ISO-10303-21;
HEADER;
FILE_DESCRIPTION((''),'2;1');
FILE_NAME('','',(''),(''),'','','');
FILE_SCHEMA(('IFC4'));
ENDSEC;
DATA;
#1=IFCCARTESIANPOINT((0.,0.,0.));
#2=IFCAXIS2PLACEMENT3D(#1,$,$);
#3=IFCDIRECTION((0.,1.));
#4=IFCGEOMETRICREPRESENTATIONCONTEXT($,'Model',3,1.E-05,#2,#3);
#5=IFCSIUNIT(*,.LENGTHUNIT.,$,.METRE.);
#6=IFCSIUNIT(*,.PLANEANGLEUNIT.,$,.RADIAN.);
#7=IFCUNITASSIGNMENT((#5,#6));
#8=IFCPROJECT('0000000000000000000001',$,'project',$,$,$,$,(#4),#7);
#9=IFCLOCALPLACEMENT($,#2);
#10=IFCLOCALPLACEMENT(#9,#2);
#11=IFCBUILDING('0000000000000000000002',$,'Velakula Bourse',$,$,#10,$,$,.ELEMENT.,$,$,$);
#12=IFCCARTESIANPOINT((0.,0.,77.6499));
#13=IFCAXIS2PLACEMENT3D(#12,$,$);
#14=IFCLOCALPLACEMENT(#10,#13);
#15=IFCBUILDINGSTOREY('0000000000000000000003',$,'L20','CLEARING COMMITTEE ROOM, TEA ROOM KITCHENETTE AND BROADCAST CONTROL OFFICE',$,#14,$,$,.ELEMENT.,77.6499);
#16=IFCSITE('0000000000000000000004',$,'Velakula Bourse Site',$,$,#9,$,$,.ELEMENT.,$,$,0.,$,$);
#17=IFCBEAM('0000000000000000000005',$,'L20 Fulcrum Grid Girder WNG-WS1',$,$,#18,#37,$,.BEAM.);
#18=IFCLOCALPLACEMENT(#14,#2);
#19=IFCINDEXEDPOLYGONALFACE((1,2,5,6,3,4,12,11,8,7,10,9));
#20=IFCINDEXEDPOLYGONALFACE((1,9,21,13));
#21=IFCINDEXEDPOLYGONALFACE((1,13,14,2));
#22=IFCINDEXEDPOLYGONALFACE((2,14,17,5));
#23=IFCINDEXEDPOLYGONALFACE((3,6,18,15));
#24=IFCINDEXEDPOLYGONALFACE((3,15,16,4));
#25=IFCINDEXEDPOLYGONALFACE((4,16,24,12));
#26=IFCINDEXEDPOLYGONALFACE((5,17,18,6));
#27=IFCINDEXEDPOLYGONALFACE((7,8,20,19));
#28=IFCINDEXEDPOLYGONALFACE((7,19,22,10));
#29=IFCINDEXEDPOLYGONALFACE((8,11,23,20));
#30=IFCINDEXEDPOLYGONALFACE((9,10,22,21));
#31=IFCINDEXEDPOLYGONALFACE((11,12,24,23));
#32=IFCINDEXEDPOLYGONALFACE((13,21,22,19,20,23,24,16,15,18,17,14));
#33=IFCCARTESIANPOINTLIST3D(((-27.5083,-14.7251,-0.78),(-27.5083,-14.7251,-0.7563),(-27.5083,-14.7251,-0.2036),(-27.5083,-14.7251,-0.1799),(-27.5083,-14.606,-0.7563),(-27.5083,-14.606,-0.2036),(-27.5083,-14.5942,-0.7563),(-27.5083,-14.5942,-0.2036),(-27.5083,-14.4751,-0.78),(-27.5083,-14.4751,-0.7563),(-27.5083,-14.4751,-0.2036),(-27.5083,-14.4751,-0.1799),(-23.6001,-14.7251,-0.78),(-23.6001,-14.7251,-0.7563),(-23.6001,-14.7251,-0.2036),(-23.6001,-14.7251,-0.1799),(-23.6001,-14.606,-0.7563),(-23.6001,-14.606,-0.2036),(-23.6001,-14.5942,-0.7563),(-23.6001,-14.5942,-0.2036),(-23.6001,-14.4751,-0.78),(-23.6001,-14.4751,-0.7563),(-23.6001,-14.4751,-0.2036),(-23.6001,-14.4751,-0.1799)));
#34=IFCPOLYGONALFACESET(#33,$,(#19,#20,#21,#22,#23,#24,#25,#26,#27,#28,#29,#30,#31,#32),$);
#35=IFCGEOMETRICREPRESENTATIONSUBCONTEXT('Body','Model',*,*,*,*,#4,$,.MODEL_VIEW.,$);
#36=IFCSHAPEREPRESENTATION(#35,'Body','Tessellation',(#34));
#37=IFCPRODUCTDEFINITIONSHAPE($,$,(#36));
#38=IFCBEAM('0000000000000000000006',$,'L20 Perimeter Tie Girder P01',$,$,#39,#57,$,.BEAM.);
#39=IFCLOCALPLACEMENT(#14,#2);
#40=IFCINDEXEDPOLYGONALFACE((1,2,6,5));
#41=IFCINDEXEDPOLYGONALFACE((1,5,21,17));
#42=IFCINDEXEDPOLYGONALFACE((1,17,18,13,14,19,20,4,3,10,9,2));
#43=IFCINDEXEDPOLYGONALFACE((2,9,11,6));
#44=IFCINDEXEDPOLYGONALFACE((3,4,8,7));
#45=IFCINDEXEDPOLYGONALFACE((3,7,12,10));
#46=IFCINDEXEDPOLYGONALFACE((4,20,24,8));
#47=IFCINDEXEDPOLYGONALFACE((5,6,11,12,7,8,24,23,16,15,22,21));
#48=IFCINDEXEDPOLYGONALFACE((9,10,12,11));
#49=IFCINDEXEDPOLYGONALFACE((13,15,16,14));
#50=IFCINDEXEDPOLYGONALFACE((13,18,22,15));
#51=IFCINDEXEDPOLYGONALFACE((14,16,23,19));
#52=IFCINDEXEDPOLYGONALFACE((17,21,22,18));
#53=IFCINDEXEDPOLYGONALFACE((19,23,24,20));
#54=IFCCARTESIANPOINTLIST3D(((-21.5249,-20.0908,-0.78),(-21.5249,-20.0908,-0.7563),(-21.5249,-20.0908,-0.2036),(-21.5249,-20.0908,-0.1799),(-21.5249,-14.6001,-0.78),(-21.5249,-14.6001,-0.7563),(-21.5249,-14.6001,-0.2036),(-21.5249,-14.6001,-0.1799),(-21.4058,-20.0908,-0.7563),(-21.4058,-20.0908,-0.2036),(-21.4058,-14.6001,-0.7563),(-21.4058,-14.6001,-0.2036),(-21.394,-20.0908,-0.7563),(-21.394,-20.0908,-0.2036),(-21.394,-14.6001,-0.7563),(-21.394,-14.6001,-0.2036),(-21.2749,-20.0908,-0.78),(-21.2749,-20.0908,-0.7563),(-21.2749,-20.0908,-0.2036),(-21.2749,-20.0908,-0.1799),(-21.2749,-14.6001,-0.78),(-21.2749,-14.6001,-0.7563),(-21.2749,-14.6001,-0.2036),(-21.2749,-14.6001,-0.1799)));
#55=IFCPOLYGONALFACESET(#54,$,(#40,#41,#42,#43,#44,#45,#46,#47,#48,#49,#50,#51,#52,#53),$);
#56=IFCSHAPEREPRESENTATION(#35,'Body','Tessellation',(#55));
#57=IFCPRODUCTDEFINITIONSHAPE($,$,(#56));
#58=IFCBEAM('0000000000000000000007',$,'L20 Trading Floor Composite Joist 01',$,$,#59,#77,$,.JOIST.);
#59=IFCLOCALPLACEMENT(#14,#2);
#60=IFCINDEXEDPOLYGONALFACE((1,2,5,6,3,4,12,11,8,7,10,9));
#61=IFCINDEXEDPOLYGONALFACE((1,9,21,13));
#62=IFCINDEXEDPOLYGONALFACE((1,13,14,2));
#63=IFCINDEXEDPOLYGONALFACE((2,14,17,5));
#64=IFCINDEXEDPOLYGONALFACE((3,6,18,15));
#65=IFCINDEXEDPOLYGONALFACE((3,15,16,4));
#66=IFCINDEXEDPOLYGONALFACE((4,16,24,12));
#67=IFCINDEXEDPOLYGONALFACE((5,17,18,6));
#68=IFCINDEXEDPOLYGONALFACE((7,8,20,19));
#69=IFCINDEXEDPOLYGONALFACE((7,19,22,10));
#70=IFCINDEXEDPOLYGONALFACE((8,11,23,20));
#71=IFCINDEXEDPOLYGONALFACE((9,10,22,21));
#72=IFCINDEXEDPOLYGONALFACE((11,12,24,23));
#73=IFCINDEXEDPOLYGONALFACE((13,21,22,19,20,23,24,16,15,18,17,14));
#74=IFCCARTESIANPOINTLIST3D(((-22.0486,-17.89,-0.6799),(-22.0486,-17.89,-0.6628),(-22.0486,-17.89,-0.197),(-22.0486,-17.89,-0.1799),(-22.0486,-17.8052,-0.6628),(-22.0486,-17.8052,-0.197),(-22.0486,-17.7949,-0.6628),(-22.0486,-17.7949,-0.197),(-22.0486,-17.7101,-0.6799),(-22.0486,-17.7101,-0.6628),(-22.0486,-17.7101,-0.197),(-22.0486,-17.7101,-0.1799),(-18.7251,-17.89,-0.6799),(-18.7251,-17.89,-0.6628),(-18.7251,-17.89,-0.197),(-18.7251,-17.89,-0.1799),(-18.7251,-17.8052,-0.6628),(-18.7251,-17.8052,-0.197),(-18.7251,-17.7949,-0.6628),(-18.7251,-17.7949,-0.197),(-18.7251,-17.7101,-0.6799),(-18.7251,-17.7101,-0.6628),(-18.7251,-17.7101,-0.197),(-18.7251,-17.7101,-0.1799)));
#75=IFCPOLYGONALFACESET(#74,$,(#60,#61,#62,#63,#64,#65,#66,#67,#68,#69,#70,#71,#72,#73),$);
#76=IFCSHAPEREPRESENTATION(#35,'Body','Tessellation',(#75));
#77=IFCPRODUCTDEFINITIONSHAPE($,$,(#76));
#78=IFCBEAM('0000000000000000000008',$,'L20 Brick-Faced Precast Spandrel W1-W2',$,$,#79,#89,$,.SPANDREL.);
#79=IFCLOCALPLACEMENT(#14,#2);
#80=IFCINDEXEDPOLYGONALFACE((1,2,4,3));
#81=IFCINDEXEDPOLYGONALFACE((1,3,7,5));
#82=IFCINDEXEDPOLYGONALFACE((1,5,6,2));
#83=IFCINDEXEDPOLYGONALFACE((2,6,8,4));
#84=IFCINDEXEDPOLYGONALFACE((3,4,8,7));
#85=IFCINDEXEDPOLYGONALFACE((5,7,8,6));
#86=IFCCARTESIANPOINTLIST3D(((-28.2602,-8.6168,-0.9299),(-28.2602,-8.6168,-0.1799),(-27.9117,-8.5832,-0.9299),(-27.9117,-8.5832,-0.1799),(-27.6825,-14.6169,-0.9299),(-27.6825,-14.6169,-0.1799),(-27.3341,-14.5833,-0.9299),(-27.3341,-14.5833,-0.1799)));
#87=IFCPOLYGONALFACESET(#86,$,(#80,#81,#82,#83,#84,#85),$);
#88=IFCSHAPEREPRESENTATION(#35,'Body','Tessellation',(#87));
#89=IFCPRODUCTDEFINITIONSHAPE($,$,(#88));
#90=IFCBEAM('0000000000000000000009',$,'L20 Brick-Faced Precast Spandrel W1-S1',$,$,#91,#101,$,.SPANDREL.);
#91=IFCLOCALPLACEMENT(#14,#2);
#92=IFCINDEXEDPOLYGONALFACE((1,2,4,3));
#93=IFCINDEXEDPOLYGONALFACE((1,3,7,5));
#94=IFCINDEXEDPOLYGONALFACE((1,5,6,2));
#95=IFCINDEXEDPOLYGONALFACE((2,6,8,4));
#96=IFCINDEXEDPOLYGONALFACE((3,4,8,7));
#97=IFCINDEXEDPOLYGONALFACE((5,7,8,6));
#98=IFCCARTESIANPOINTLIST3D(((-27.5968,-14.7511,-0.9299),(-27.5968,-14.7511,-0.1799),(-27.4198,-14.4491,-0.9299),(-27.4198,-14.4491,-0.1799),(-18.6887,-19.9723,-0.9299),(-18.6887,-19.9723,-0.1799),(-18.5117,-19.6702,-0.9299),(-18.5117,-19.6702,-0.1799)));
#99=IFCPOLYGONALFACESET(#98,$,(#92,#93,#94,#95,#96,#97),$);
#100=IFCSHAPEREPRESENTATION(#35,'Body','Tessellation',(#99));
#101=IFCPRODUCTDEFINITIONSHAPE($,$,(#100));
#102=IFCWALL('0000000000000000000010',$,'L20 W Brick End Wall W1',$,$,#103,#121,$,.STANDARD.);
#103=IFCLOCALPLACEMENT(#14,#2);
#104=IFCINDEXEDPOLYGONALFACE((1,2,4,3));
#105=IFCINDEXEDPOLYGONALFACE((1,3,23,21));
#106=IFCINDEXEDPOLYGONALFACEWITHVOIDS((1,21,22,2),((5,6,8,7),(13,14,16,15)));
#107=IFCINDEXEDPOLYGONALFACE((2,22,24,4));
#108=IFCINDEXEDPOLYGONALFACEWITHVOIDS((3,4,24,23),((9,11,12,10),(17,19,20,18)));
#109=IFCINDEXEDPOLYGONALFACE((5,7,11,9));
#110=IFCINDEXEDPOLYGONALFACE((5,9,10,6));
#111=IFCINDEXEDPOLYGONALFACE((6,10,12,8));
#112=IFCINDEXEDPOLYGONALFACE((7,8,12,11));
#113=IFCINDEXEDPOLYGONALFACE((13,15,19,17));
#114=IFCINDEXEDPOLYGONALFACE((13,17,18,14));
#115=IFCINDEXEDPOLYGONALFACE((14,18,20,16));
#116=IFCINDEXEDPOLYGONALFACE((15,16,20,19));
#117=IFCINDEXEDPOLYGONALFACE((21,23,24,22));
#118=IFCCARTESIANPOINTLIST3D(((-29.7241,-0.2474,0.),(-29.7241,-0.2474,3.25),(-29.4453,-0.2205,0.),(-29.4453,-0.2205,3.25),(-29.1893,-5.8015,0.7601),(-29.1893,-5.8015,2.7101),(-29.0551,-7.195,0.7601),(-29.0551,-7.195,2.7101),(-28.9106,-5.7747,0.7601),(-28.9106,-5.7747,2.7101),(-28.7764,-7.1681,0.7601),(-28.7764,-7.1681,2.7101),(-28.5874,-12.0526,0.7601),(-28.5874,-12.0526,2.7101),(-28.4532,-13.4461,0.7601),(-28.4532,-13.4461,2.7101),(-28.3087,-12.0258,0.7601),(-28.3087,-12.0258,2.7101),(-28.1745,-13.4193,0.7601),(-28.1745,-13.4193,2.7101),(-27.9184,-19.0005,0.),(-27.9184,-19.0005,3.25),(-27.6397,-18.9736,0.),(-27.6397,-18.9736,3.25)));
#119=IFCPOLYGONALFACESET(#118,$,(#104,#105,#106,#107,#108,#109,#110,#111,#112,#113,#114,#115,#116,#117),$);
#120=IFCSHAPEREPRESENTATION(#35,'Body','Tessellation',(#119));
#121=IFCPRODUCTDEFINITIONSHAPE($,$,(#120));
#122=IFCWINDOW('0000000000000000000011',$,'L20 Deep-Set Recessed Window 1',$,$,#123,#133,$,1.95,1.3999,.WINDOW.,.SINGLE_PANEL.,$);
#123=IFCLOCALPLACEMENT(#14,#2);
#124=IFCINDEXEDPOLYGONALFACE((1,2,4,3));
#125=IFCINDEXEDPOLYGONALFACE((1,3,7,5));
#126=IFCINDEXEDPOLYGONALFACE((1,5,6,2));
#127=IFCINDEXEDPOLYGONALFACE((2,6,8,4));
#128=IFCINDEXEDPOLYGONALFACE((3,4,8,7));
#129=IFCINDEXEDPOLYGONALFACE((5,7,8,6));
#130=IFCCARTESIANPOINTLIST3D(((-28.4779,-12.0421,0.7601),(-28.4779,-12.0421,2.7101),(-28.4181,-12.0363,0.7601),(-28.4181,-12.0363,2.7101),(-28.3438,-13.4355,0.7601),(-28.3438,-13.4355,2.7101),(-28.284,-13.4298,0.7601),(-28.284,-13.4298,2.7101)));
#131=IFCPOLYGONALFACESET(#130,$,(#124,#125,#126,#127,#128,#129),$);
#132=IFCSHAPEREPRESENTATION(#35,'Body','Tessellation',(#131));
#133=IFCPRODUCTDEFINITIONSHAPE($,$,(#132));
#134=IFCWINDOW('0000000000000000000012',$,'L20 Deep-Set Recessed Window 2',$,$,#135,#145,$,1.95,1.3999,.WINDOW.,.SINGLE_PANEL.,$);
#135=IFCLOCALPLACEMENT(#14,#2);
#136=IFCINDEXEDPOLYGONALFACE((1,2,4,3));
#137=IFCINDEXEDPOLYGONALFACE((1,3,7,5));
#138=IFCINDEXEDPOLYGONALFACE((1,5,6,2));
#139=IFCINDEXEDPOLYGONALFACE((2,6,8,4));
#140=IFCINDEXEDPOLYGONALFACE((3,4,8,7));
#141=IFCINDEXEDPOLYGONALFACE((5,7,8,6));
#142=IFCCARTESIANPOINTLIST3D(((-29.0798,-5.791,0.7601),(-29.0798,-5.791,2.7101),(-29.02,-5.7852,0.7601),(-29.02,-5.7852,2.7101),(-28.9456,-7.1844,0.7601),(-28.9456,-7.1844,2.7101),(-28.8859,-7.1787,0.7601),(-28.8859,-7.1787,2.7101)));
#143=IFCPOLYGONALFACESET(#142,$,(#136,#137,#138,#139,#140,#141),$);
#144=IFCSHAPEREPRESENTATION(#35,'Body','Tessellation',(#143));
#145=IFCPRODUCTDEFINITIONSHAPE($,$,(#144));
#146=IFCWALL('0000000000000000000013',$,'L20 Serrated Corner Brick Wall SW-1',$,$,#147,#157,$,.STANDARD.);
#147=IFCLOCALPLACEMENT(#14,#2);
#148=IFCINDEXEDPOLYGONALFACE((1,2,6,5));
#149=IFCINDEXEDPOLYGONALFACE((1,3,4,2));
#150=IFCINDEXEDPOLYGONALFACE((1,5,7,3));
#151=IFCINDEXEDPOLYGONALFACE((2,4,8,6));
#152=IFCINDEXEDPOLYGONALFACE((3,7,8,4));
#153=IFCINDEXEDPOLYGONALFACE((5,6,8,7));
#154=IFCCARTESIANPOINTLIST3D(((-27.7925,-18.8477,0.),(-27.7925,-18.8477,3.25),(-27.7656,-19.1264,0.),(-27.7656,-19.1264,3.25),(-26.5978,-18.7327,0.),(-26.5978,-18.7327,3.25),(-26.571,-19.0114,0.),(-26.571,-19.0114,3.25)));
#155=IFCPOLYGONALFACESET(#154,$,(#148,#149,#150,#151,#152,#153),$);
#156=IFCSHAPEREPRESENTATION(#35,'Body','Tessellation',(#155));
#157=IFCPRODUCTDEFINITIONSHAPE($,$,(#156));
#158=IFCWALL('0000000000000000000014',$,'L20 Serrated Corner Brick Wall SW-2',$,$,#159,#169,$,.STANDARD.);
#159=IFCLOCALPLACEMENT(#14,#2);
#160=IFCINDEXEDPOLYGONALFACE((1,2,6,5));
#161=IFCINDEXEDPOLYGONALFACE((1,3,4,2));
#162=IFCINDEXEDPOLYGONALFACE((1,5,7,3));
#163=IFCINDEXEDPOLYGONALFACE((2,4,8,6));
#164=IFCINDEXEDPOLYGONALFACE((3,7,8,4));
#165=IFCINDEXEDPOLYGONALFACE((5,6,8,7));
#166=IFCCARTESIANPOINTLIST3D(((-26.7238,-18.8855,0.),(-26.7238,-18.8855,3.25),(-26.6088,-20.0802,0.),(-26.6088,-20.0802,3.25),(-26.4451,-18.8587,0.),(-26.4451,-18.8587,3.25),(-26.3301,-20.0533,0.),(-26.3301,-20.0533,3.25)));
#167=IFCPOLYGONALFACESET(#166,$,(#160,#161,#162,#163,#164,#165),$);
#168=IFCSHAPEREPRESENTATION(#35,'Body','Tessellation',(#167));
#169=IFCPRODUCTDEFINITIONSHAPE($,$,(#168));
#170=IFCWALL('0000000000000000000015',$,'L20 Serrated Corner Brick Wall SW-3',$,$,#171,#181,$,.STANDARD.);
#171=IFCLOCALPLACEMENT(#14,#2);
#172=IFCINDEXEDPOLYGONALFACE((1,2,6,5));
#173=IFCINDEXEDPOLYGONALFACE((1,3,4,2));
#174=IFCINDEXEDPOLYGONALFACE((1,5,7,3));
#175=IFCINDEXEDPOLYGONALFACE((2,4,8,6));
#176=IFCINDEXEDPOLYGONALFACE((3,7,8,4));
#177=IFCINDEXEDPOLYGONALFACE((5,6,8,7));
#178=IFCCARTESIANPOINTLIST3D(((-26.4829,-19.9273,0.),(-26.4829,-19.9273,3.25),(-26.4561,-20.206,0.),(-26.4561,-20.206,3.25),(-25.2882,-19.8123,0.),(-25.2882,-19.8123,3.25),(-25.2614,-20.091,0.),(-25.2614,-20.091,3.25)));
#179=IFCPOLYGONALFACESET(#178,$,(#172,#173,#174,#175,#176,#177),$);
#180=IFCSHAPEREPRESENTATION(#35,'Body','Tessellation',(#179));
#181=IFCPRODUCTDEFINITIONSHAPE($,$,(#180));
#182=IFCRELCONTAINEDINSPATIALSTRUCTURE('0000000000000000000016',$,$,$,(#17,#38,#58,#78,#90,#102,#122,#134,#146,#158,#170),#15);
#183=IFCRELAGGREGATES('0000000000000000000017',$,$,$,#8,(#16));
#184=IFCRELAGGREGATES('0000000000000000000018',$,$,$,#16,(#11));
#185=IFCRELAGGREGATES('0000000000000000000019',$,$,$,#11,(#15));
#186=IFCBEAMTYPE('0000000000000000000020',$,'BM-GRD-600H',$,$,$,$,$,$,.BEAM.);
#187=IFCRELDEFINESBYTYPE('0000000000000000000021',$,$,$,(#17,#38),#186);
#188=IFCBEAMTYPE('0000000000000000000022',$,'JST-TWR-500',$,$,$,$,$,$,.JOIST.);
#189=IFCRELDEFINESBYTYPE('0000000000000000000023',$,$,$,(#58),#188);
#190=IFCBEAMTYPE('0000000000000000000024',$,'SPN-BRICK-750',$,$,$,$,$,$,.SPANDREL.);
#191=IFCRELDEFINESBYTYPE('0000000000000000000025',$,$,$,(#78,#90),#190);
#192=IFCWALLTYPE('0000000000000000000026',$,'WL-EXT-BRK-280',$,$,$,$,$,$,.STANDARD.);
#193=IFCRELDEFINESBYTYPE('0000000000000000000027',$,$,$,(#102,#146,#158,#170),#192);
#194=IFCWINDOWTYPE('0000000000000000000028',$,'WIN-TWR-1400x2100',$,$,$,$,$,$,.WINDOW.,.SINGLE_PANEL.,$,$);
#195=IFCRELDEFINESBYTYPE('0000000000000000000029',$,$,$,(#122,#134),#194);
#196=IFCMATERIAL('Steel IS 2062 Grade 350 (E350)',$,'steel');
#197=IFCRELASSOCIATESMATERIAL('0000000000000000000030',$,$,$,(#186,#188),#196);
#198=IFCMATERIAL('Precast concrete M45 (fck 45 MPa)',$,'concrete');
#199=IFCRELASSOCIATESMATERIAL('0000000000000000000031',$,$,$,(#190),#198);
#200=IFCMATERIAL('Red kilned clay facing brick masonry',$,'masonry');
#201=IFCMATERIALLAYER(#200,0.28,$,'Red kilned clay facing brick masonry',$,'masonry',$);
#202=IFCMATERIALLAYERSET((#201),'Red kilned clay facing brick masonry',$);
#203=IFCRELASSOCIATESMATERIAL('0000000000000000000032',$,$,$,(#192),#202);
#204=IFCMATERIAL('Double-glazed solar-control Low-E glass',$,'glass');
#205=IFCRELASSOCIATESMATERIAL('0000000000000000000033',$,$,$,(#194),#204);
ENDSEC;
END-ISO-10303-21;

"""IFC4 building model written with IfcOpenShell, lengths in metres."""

from ifc_helpers import new_model, si_unit, direction, frame, frame_2d, origin, origin_2d, place, context, subcontext, project, spatial, rectangle, i_section, extrude, material, layer, layer_set, material_profile, profile_set, type_object, element, fill, save


model = new_model("IFC4")

# Units and contexts
model_context = context("Model", 3, precision=1e-05, world=origin(), true_north=direction((0.0, 1.0)))
body_context = subcontext(model_context, "Body", "Model", "MODEL_VIEW")
ifc_project = project(units=[si_unit("LENGTHUNIT", "METRE"), si_unit("PLANEANGLEUNIT", "RADIAN")], contexts=[model_context])

# Site, building, storey
site_placement = place(None, origin())
site = spatial("IfcSite", under=ifc_project, at=site_placement, Name="Velakula Bourse Site", CompositionType="ELEMENT", RefElevation=0.0)
building_placement = place(site_placement, origin())
building = spatial("IfcBuilding", under=site, at=building_placement, Name="Velakula Bourse", CompositionType="ELEMENT")
storey_placement = place(building_placement, frame((0.0, 0.0, 77.6499)))
storey = spatial("IfcBuildingStorey", under=building, at=storey_placement, Name="L20", Description="CLEARING COMMITTEE ROOM, TEA ROOM KITCHENETTE AND BROADCAST CONTROL OFFICE", CompositionType="ELEMENT", Elevation=77.6499)

# Shared definitions
ifc_material_1 = material(Name="Precast concrete M45 (fck 45 MPa)", Category="concrete")

# Beams
ifc_material_2 = material(Name="Steel IS 2062 Grade 350 (E350)", Category="steel")
ifc_material_profile_1 = material_profile(ifc_material_2, i_section(OverallWidth=0.25, OverallDepth=0.6001, WebThickness=0.0117, FlangeThickness=0.0237, at=origin_2d()), Name="Steel IS 2062 Grade 350 (E350)")
ifc_profile_set_1 = profile_set([ifc_material_profile_1], Name="Steel IS 2062 Grade 350 (E350)")
beam_type_1 = type_object("IfcBeamType", Name="BM-GRD-600H", PredefinedType="BEAM", material=ifc_profile_set_1)
beam_1_placement = place(storey_placement, frame((-27.5083, -14.6001, -0.48), z_axis=(1.0, 0.0, 0.0), x_axis=(0.0, 1.0, 0.0)))
element("IfcBeam", 1, at=beam_1_placement, inside=storey, type_object=beam_type_1, Name="L20 Fulcrum Grid Girder WNG-WS1", PredefinedType="BEAM", context=body_context, shape_type="SweptSolid", body=[
    extrude(i_section(OverallWidth=0.25, OverallDepth=0.6001, WebThickness=0.0117, FlangeThickness=0.0237, at=origin_2d()), origin(), (0.0, 0.0, 1.0), 3.9082),
])
beam_2_placement = place(storey_placement, frame((-21.3999, -14.6001, -0.48), z_axis=(0.0, -1.0, 0.0), x_axis=(1.0, 0.0, 0.0)))
element("IfcBeam", 2, at=beam_2_placement, inside=storey, type_object=beam_type_1, Name="L20 Perimeter Tie Girder P01", PredefinedType="BEAM", context=body_context, shape_type="SweptSolid", body=[
    extrude(i_section(OverallWidth=0.25, OverallDepth=0.6001, WebThickness=0.0117, FlangeThickness=0.0237, at=origin_2d()), origin(), (0.0, 0.0, 1.0), 5.4907),
])
ifc_material_profile_2 = material_profile(ifc_material_2, i_section(OverallWidth=0.1799, OverallDepth=0.5, WebThickness=0.0103, FlangeThickness=0.0171, at=origin_2d()), Name="Steel IS 2062 Grade 350 (E350)")
ifc_profile_set_2 = profile_set([ifc_material_profile_2], Name="Steel IS 2062 Grade 350 (E350)")
beam_type_2 = type_object("IfcBeamType", Name="JST-TWR-500", PredefinedType="JOIST", material=ifc_profile_set_2)
beam_3_placement = place(storey_placement, frame((-22.0486, -17.8, -0.4299), z_axis=(1.0, 0.0, 0.0), x_axis=(0.0, 1.0, 0.0)))
element("IfcBeam", 3, at=beam_3_placement, inside=storey, type_object=beam_type_2, Name="L20 Trading Floor Composite Joist 01", PredefinedType="JOIST", context=body_context, shape_type="SweptSolid", body=[
    extrude(i_section(OverallWidth=0.1799, OverallDepth=0.5, WebThickness=0.0103, FlangeThickness=0.0171, at=origin_2d()), origin(), (0.0, 0.0, 1.0), 3.3235),
])
ifc_material_profile_3 = material_profile(ifc_material_1, rectangle(XDim=0.3501, YDim=0.75, at=origin_2d()), Name="Precast concrete M45 (fck 45 MPa)")
ifc_profile_set_3 = profile_set([ifc_material_profile_3], Name="Precast concrete M45 (fck 45 MPa)")
beam_type_3 = type_object("IfcBeamType", Name="SPN-BRICK-750", PredefinedType="SPANDREL", material=ifc_profile_set_3)
beam_4_placement = place(storey_placement, frame((-27.5083, -14.6001, -0.5549), z_axis=(-0.09583, 0.995398, 0.0), x_axis=(-0.995398, -0.09583, 0.0)))
element("IfcBeam", 4, at=beam_4_placement, inside=storey, type_object=beam_type_3, Name="L20 Brick-Faced Precast Spandrel W1-W2", PredefinedType="SPANDREL", context=body_context, shape_type="SweptSolid", body=[
    extrude(rectangle(XDim=0.3501, YDim=0.75, at=origin_2d()), origin(), (0.0, 0.0, 1.0), 6.0278),
])
beam_5_placement = place(storey_placement, frame((-27.5083, -14.6001, -0.5549), z_axis=(0.862734, -0.505658, 0.0), x_axis=(0.505658, 0.862734, 0.0)))
element("IfcBeam", 5, at=beam_5_placement, inside=storey, type_object=beam_type_3, Name="L20 Brick-Faced Precast Spandrel W1-S1", PredefinedType="SPANDREL", context=body_context, shape_type="SweptSolid", body=[
    extrude(rectangle(XDim=0.3501, YDim=0.75, at=origin_2d()), origin(), (0.0, 0.0, 1.0), 10.3254),
])

# Wall, openings, windows
ifc_material_3 = material(Name="Red kilned clay facing brick masonry", Category="masonry")
ifc_layer_1 = layer(ifc_material_3, 0.28, Name="Red kilned clay facing brick masonry", Category="masonry")
ifc_layer_set_1 = layer_set([ifc_layer_1], Name="Red kilned clay facing brick masonry")
wall_type_1 = type_object("IfcWallType", Name="WL-EXT-BRK-280", PredefinedType="STANDARD", material=ifc_layer_set_1)
wall_1_placement = place(storey_placement, frame((-27.7791, -18.9871, 0.0), z_axis=(0.0, 0.0, 1.0), x_axis=(-0.095843, 0.995397, 0.0)))
wall_1 = element("IfcWall", 6, at=wall_1_placement, inside=storey, type_object=wall_type_1, Name="L20 W Brick End Wall W1", PredefinedType="STANDARD", context=body_context, shape_type="SweptSolid", body=[
    extrude(rectangle(XDim=18.8398, YDim=0.28, at=frame_2d((9.4199, 0.0))), origin(), (0.0, 0.0, 1.0), 3.25),
])
opening_1_placement = place(wall_1_placement, frame((5.5801, 0.0, 0.76)))
opening_1 = element("IfcOpeningElement", 7, at=opening_1_placement, cuts=wall_1, PredefinedType="OPENING", context=body_context, shape_type="SweptSolid", body=[
    extrude(rectangle(XDim=1.3999, YDim=1.95, at=frame_2d((0.7, 0.9751))), frame((0.0, 0.1499, 0.0), z_axis=(0.0, -1.0, 0.0), x_axis=(1.0, 0.0, 0.0)), (0.0, 0.0, 1.0), 0.3),
])
opening_2_placement = place(wall_1_placement, frame((11.8601, 0.0, 0.76)))
opening_2 = element("IfcOpeningElement", 8, at=opening_2_placement, cuts=wall_1, PredefinedType="OPENING", context=body_context, shape_type="SweptSolid", body=[
    extrude(rectangle(XDim=1.3999, YDim=1.95, at=frame_2d((0.7, 0.9751))), frame((0.0, 0.1499, 0.0), z_axis=(0.0, -1.0, 0.0), x_axis=(1.0, 0.0, 0.0)), (0.0, 0.0, 1.0), 0.3),
])
ifc_material_4 = material(Name="Double-glazed solar-control Low-E glass", Category="glass")
window_type = type_object("IfcWindowType", Name="WIN-TWR-1400x2100", PartitioningType="SINGLE_PANEL", PredefinedType="WINDOW", material=ifc_material_4)
window_1_placement = place(opening_1_placement, origin())
window_1 = element("IfcWindow", 9, at=window_1_placement, inside=storey, type_object=window_type, Name="L20 Deep-Set Recessed Window 1", OverallHeight=1.95, OverallWidth=1.3999, PartitioningType="SINGLE_PANEL", PredefinedType="WINDOW", context=body_context, shape_type="SweptSolid", body=[
    extrude(rectangle(XDim=1.3999, YDim=1.95, at=frame_2d((0.7, 0.9751))), frame((0.0, 0.03, 0.0), z_axis=(0.0, -1.0, 0.0), x_axis=(1.0, 0.0, 0.0)), (0.0, 0.0, 1.0), 0.0601),
])
fill(opening_1, window_1)
window_2_placement = place(opening_2_placement, origin())
window_2 = element("IfcWindow", 10, at=window_2_placement, inside=storey, type_object=window_type, Name="L20 Deep-Set Recessed Window 2", OverallHeight=1.95, OverallWidth=1.3999, PartitioningType="SINGLE_PANEL", PredefinedType="WINDOW", context=body_context, shape_type="SweptSolid", body=[
    extrude(rectangle(XDim=1.3999, YDim=1.95, at=frame_2d((0.7, 0.9751))), frame((0.0, 0.03, 0.0), z_axis=(0.0, -1.0, 0.0), x_axis=(1.0, 0.0, 0.0)), (0.0, 0.0, 1.0), 0.0601),
])
fill(opening_2, window_2)

# Walls
for number, where, z_axis, x_axis, name in (
    (11, (-27.7791, -18.9871, 0.0), (0.0, 0.0, 1.0), (0.995399, 0.095817, 0.0), "L20 Serrated Corner Brick Wall SW-1"),
    (12, (-26.5845, -18.8721, 0.0), (0.0, 0.0, 1.0), (0.095817, -0.995399, 0.0), "L20 Serrated Corner Brick Wall SW-2"),
    (13, (-26.4695, -20.0667, 0.0), (0.0, 0.0, 1.0), (0.995399, 0.095817, 0.0), "L20 Serrated Corner Brick Wall SW-3"),
):
    element("IfcWall", number, at=place(storey_placement, frame(where, z_axis=z_axis, x_axis=x_axis)), inside=storey, type_object=wall_type_1, Name=name, PredefinedType="STANDARD", context=body_context, shape_type="SweptSolid", body=[
        extrude(rectangle(XDim=1.2002, YDim=0.28, at=frame_2d((0.6001, 0.0))), origin(), (0.0, 0.0, 1.0), 3.25),
    ])

save(model, "model.ifc")
